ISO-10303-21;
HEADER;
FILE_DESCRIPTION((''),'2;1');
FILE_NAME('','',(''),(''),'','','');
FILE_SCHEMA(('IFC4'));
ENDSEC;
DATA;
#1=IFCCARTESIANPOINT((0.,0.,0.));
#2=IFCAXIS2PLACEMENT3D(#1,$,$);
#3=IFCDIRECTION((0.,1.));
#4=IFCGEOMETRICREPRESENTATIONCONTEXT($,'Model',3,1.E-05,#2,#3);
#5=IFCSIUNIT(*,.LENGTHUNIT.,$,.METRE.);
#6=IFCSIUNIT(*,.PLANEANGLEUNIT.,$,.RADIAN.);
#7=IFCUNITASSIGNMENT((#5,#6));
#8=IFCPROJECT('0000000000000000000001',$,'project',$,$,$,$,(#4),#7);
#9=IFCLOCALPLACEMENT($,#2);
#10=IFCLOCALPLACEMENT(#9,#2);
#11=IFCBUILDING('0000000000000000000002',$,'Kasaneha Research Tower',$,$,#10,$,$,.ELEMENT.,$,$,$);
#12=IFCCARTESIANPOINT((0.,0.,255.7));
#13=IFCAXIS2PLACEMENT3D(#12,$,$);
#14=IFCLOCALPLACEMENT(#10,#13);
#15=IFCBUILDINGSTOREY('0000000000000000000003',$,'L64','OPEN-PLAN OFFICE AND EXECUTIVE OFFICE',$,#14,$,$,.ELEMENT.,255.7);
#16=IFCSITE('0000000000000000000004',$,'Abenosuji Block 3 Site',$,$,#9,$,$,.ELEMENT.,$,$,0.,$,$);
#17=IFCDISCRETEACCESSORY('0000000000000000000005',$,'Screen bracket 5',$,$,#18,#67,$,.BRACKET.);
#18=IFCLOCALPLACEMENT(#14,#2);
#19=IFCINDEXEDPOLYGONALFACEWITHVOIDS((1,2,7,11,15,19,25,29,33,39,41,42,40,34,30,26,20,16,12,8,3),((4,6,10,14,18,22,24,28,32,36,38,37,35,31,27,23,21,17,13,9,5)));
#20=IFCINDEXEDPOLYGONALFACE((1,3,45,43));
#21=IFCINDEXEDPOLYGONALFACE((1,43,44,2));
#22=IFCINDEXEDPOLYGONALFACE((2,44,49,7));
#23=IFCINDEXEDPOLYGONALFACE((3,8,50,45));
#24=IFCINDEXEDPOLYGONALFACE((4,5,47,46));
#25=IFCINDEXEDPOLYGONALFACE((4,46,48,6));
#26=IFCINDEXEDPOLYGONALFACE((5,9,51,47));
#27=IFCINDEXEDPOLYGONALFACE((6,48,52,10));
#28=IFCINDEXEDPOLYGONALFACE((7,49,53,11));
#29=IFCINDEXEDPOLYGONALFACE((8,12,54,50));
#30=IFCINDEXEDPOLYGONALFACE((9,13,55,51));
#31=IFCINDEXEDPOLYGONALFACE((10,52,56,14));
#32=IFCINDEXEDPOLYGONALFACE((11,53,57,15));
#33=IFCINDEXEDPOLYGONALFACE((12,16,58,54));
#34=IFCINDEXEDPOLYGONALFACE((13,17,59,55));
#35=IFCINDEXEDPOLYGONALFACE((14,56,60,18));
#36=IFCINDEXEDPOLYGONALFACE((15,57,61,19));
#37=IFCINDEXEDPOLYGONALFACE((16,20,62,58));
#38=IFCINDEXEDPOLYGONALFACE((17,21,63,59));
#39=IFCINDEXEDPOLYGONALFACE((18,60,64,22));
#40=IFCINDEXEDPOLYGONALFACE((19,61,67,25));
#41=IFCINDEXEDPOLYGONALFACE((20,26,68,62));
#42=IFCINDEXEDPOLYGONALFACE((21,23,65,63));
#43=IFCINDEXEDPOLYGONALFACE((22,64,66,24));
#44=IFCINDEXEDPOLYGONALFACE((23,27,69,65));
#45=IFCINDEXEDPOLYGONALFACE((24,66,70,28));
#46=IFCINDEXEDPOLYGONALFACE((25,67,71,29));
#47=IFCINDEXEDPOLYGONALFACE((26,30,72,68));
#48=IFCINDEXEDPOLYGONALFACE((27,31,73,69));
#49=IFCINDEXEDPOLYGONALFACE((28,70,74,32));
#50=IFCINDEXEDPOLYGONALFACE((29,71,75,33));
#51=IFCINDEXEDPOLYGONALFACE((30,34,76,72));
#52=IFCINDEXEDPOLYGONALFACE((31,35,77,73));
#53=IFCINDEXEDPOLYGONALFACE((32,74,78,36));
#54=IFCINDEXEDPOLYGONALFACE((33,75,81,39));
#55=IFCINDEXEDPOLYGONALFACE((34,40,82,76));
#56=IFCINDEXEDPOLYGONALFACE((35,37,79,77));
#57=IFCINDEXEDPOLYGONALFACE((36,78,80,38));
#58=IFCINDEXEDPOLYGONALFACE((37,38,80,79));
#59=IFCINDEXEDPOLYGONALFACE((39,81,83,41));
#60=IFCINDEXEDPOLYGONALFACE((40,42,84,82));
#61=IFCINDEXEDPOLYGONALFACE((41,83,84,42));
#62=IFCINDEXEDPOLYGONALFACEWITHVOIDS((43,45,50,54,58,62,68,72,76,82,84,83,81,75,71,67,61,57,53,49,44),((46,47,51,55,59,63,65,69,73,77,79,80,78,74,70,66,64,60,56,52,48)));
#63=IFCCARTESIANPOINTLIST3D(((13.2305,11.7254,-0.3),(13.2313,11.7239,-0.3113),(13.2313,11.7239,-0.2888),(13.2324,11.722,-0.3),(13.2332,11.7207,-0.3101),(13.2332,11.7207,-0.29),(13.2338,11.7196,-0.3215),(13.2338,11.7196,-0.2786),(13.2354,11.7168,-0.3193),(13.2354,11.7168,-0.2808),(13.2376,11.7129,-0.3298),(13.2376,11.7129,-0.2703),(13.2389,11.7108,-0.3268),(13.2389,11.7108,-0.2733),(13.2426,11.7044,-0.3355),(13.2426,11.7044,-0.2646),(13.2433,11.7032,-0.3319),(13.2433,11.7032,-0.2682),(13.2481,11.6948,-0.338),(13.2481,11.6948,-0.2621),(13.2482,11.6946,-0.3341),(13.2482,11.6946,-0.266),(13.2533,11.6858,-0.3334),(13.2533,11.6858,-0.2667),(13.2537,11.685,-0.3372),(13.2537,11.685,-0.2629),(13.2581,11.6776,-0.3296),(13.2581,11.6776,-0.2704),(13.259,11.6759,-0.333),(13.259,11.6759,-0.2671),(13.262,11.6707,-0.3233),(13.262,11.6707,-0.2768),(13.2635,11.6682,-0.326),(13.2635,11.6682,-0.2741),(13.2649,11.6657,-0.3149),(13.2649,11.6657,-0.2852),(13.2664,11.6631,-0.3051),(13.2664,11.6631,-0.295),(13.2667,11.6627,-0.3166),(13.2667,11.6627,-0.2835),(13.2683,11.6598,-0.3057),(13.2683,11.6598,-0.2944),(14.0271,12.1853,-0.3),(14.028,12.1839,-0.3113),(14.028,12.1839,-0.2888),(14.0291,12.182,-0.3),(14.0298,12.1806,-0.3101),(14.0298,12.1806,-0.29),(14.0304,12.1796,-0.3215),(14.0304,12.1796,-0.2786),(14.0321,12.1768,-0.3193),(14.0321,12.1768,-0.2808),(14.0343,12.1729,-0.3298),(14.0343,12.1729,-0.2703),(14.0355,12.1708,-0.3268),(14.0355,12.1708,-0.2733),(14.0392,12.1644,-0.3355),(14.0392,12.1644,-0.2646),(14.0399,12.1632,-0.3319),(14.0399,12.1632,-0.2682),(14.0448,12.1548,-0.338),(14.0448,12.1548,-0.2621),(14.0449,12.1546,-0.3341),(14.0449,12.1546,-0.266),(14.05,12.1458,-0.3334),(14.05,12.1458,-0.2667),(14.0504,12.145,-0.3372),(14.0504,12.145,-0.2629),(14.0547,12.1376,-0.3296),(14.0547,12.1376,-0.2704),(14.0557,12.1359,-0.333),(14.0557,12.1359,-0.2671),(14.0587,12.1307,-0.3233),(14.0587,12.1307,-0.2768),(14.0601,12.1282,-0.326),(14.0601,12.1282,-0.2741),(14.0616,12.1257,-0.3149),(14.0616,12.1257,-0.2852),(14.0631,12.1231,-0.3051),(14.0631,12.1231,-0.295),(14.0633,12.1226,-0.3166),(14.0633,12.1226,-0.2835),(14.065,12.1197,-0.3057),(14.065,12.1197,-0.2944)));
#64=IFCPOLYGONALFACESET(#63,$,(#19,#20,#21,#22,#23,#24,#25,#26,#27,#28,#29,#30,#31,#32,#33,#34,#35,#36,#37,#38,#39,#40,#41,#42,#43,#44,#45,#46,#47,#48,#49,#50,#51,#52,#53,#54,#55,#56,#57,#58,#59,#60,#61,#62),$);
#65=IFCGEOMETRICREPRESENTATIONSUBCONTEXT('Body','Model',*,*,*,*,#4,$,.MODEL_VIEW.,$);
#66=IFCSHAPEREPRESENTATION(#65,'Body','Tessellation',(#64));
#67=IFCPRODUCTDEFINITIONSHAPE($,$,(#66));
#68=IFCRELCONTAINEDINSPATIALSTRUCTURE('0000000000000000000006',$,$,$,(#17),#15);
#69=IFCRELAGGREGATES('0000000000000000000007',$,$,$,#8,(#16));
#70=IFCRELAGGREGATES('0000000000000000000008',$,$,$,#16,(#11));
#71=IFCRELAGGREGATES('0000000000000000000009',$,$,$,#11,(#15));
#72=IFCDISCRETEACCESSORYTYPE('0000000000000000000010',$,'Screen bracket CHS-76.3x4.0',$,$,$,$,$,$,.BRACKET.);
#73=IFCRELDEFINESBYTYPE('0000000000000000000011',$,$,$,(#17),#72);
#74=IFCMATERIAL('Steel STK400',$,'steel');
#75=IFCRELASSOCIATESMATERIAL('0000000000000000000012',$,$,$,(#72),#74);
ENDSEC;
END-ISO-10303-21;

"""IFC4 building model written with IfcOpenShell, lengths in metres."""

from ifc_helpers import new_model, si_unit, direction, frame, origin, origin_2d, place, context, subcontext, project, spatial, hollow_circle, extrude, material, material_profile, profile_set, type_object, element, save


model = new_model("IFC4")

# Units and contexts
model_context = context("Model", 3, precision=1e-05, world=origin(), true_north=direction((0.0, 1.0)))
body_context = subcontext(model_context, "Body", "Model", "MODEL_VIEW")
ifc_project = project(units=[si_unit("LENGTHUNIT", "METRE"), si_unit("PLANEANGLEUNIT", "RADIAN")], contexts=[model_context])

# Site, building, storey
site_placement = place(None, origin())
site = spatial("IfcSite", under=ifc_project, at=site_placement, Name="Abenosuji Block 3 Site", CompositionType="ELEMENT", RefElevation=0.0)
building_placement = place(site_placement, origin())
building = spatial("IfcBuilding", under=site, at=building_placement, Name="Kasaneha Research Tower", CompositionType="ELEMENT")
storey_placement = place(building_placement, frame((0.0, 0.0, 255.7)))
storey = spatial("IfcBuildingStorey", under=building, at=storey_placement, Name="L64", Description="OPEN-PLAN OFFICE AND EXECUTIVE OFFICE", CompositionType="ELEMENT", Elevation=255.7)

# Discrete accessory
ifc_material_1 = material(Name="Steel STK400", Category="steel")
ifc_material_profile_1 = material_profile(ifc_material_1, hollow_circle(Radius=0.0381, WallThickness=0.0039, at=origin_2d()), Name="CHS-76.3x4.0")
ifc_profile_set_1 = profile_set([ifc_material_profile_1], Name="Steel STK400")
discrete_accessory_type = type_object("IfcDiscreteAccessoryType", Name="Screen bracket CHS-76.3x4.0", PredefinedType="BRACKET", material=ifc_profile_set_1)
for number, where, z_axis, x_axis, name in (
    (1, (13.2495, 11.6924, -0.3), (0.866013, 0.500021, 0.0), (-0.500021, 0.866013, 0.0), "Screen bracket 5"),
):
    element("IfcDiscreteAccessory", number, at=place(storey_placement, frame(where, z_axis=z_axis, x_axis=x_axis)), inside=storey, type_object=discrete_accessory_type, Name=name, PredefinedType="BRACKET", context=body_context, shape_type="SweptSolid", body=[
        extrude(hollow_circle(Radius=0.0381, WallThickness=0.0039, at=origin_2d()), origin(), (0.0, 0.0, 1.0), 0.9199),
    ])

save(model, "model.ifc")
